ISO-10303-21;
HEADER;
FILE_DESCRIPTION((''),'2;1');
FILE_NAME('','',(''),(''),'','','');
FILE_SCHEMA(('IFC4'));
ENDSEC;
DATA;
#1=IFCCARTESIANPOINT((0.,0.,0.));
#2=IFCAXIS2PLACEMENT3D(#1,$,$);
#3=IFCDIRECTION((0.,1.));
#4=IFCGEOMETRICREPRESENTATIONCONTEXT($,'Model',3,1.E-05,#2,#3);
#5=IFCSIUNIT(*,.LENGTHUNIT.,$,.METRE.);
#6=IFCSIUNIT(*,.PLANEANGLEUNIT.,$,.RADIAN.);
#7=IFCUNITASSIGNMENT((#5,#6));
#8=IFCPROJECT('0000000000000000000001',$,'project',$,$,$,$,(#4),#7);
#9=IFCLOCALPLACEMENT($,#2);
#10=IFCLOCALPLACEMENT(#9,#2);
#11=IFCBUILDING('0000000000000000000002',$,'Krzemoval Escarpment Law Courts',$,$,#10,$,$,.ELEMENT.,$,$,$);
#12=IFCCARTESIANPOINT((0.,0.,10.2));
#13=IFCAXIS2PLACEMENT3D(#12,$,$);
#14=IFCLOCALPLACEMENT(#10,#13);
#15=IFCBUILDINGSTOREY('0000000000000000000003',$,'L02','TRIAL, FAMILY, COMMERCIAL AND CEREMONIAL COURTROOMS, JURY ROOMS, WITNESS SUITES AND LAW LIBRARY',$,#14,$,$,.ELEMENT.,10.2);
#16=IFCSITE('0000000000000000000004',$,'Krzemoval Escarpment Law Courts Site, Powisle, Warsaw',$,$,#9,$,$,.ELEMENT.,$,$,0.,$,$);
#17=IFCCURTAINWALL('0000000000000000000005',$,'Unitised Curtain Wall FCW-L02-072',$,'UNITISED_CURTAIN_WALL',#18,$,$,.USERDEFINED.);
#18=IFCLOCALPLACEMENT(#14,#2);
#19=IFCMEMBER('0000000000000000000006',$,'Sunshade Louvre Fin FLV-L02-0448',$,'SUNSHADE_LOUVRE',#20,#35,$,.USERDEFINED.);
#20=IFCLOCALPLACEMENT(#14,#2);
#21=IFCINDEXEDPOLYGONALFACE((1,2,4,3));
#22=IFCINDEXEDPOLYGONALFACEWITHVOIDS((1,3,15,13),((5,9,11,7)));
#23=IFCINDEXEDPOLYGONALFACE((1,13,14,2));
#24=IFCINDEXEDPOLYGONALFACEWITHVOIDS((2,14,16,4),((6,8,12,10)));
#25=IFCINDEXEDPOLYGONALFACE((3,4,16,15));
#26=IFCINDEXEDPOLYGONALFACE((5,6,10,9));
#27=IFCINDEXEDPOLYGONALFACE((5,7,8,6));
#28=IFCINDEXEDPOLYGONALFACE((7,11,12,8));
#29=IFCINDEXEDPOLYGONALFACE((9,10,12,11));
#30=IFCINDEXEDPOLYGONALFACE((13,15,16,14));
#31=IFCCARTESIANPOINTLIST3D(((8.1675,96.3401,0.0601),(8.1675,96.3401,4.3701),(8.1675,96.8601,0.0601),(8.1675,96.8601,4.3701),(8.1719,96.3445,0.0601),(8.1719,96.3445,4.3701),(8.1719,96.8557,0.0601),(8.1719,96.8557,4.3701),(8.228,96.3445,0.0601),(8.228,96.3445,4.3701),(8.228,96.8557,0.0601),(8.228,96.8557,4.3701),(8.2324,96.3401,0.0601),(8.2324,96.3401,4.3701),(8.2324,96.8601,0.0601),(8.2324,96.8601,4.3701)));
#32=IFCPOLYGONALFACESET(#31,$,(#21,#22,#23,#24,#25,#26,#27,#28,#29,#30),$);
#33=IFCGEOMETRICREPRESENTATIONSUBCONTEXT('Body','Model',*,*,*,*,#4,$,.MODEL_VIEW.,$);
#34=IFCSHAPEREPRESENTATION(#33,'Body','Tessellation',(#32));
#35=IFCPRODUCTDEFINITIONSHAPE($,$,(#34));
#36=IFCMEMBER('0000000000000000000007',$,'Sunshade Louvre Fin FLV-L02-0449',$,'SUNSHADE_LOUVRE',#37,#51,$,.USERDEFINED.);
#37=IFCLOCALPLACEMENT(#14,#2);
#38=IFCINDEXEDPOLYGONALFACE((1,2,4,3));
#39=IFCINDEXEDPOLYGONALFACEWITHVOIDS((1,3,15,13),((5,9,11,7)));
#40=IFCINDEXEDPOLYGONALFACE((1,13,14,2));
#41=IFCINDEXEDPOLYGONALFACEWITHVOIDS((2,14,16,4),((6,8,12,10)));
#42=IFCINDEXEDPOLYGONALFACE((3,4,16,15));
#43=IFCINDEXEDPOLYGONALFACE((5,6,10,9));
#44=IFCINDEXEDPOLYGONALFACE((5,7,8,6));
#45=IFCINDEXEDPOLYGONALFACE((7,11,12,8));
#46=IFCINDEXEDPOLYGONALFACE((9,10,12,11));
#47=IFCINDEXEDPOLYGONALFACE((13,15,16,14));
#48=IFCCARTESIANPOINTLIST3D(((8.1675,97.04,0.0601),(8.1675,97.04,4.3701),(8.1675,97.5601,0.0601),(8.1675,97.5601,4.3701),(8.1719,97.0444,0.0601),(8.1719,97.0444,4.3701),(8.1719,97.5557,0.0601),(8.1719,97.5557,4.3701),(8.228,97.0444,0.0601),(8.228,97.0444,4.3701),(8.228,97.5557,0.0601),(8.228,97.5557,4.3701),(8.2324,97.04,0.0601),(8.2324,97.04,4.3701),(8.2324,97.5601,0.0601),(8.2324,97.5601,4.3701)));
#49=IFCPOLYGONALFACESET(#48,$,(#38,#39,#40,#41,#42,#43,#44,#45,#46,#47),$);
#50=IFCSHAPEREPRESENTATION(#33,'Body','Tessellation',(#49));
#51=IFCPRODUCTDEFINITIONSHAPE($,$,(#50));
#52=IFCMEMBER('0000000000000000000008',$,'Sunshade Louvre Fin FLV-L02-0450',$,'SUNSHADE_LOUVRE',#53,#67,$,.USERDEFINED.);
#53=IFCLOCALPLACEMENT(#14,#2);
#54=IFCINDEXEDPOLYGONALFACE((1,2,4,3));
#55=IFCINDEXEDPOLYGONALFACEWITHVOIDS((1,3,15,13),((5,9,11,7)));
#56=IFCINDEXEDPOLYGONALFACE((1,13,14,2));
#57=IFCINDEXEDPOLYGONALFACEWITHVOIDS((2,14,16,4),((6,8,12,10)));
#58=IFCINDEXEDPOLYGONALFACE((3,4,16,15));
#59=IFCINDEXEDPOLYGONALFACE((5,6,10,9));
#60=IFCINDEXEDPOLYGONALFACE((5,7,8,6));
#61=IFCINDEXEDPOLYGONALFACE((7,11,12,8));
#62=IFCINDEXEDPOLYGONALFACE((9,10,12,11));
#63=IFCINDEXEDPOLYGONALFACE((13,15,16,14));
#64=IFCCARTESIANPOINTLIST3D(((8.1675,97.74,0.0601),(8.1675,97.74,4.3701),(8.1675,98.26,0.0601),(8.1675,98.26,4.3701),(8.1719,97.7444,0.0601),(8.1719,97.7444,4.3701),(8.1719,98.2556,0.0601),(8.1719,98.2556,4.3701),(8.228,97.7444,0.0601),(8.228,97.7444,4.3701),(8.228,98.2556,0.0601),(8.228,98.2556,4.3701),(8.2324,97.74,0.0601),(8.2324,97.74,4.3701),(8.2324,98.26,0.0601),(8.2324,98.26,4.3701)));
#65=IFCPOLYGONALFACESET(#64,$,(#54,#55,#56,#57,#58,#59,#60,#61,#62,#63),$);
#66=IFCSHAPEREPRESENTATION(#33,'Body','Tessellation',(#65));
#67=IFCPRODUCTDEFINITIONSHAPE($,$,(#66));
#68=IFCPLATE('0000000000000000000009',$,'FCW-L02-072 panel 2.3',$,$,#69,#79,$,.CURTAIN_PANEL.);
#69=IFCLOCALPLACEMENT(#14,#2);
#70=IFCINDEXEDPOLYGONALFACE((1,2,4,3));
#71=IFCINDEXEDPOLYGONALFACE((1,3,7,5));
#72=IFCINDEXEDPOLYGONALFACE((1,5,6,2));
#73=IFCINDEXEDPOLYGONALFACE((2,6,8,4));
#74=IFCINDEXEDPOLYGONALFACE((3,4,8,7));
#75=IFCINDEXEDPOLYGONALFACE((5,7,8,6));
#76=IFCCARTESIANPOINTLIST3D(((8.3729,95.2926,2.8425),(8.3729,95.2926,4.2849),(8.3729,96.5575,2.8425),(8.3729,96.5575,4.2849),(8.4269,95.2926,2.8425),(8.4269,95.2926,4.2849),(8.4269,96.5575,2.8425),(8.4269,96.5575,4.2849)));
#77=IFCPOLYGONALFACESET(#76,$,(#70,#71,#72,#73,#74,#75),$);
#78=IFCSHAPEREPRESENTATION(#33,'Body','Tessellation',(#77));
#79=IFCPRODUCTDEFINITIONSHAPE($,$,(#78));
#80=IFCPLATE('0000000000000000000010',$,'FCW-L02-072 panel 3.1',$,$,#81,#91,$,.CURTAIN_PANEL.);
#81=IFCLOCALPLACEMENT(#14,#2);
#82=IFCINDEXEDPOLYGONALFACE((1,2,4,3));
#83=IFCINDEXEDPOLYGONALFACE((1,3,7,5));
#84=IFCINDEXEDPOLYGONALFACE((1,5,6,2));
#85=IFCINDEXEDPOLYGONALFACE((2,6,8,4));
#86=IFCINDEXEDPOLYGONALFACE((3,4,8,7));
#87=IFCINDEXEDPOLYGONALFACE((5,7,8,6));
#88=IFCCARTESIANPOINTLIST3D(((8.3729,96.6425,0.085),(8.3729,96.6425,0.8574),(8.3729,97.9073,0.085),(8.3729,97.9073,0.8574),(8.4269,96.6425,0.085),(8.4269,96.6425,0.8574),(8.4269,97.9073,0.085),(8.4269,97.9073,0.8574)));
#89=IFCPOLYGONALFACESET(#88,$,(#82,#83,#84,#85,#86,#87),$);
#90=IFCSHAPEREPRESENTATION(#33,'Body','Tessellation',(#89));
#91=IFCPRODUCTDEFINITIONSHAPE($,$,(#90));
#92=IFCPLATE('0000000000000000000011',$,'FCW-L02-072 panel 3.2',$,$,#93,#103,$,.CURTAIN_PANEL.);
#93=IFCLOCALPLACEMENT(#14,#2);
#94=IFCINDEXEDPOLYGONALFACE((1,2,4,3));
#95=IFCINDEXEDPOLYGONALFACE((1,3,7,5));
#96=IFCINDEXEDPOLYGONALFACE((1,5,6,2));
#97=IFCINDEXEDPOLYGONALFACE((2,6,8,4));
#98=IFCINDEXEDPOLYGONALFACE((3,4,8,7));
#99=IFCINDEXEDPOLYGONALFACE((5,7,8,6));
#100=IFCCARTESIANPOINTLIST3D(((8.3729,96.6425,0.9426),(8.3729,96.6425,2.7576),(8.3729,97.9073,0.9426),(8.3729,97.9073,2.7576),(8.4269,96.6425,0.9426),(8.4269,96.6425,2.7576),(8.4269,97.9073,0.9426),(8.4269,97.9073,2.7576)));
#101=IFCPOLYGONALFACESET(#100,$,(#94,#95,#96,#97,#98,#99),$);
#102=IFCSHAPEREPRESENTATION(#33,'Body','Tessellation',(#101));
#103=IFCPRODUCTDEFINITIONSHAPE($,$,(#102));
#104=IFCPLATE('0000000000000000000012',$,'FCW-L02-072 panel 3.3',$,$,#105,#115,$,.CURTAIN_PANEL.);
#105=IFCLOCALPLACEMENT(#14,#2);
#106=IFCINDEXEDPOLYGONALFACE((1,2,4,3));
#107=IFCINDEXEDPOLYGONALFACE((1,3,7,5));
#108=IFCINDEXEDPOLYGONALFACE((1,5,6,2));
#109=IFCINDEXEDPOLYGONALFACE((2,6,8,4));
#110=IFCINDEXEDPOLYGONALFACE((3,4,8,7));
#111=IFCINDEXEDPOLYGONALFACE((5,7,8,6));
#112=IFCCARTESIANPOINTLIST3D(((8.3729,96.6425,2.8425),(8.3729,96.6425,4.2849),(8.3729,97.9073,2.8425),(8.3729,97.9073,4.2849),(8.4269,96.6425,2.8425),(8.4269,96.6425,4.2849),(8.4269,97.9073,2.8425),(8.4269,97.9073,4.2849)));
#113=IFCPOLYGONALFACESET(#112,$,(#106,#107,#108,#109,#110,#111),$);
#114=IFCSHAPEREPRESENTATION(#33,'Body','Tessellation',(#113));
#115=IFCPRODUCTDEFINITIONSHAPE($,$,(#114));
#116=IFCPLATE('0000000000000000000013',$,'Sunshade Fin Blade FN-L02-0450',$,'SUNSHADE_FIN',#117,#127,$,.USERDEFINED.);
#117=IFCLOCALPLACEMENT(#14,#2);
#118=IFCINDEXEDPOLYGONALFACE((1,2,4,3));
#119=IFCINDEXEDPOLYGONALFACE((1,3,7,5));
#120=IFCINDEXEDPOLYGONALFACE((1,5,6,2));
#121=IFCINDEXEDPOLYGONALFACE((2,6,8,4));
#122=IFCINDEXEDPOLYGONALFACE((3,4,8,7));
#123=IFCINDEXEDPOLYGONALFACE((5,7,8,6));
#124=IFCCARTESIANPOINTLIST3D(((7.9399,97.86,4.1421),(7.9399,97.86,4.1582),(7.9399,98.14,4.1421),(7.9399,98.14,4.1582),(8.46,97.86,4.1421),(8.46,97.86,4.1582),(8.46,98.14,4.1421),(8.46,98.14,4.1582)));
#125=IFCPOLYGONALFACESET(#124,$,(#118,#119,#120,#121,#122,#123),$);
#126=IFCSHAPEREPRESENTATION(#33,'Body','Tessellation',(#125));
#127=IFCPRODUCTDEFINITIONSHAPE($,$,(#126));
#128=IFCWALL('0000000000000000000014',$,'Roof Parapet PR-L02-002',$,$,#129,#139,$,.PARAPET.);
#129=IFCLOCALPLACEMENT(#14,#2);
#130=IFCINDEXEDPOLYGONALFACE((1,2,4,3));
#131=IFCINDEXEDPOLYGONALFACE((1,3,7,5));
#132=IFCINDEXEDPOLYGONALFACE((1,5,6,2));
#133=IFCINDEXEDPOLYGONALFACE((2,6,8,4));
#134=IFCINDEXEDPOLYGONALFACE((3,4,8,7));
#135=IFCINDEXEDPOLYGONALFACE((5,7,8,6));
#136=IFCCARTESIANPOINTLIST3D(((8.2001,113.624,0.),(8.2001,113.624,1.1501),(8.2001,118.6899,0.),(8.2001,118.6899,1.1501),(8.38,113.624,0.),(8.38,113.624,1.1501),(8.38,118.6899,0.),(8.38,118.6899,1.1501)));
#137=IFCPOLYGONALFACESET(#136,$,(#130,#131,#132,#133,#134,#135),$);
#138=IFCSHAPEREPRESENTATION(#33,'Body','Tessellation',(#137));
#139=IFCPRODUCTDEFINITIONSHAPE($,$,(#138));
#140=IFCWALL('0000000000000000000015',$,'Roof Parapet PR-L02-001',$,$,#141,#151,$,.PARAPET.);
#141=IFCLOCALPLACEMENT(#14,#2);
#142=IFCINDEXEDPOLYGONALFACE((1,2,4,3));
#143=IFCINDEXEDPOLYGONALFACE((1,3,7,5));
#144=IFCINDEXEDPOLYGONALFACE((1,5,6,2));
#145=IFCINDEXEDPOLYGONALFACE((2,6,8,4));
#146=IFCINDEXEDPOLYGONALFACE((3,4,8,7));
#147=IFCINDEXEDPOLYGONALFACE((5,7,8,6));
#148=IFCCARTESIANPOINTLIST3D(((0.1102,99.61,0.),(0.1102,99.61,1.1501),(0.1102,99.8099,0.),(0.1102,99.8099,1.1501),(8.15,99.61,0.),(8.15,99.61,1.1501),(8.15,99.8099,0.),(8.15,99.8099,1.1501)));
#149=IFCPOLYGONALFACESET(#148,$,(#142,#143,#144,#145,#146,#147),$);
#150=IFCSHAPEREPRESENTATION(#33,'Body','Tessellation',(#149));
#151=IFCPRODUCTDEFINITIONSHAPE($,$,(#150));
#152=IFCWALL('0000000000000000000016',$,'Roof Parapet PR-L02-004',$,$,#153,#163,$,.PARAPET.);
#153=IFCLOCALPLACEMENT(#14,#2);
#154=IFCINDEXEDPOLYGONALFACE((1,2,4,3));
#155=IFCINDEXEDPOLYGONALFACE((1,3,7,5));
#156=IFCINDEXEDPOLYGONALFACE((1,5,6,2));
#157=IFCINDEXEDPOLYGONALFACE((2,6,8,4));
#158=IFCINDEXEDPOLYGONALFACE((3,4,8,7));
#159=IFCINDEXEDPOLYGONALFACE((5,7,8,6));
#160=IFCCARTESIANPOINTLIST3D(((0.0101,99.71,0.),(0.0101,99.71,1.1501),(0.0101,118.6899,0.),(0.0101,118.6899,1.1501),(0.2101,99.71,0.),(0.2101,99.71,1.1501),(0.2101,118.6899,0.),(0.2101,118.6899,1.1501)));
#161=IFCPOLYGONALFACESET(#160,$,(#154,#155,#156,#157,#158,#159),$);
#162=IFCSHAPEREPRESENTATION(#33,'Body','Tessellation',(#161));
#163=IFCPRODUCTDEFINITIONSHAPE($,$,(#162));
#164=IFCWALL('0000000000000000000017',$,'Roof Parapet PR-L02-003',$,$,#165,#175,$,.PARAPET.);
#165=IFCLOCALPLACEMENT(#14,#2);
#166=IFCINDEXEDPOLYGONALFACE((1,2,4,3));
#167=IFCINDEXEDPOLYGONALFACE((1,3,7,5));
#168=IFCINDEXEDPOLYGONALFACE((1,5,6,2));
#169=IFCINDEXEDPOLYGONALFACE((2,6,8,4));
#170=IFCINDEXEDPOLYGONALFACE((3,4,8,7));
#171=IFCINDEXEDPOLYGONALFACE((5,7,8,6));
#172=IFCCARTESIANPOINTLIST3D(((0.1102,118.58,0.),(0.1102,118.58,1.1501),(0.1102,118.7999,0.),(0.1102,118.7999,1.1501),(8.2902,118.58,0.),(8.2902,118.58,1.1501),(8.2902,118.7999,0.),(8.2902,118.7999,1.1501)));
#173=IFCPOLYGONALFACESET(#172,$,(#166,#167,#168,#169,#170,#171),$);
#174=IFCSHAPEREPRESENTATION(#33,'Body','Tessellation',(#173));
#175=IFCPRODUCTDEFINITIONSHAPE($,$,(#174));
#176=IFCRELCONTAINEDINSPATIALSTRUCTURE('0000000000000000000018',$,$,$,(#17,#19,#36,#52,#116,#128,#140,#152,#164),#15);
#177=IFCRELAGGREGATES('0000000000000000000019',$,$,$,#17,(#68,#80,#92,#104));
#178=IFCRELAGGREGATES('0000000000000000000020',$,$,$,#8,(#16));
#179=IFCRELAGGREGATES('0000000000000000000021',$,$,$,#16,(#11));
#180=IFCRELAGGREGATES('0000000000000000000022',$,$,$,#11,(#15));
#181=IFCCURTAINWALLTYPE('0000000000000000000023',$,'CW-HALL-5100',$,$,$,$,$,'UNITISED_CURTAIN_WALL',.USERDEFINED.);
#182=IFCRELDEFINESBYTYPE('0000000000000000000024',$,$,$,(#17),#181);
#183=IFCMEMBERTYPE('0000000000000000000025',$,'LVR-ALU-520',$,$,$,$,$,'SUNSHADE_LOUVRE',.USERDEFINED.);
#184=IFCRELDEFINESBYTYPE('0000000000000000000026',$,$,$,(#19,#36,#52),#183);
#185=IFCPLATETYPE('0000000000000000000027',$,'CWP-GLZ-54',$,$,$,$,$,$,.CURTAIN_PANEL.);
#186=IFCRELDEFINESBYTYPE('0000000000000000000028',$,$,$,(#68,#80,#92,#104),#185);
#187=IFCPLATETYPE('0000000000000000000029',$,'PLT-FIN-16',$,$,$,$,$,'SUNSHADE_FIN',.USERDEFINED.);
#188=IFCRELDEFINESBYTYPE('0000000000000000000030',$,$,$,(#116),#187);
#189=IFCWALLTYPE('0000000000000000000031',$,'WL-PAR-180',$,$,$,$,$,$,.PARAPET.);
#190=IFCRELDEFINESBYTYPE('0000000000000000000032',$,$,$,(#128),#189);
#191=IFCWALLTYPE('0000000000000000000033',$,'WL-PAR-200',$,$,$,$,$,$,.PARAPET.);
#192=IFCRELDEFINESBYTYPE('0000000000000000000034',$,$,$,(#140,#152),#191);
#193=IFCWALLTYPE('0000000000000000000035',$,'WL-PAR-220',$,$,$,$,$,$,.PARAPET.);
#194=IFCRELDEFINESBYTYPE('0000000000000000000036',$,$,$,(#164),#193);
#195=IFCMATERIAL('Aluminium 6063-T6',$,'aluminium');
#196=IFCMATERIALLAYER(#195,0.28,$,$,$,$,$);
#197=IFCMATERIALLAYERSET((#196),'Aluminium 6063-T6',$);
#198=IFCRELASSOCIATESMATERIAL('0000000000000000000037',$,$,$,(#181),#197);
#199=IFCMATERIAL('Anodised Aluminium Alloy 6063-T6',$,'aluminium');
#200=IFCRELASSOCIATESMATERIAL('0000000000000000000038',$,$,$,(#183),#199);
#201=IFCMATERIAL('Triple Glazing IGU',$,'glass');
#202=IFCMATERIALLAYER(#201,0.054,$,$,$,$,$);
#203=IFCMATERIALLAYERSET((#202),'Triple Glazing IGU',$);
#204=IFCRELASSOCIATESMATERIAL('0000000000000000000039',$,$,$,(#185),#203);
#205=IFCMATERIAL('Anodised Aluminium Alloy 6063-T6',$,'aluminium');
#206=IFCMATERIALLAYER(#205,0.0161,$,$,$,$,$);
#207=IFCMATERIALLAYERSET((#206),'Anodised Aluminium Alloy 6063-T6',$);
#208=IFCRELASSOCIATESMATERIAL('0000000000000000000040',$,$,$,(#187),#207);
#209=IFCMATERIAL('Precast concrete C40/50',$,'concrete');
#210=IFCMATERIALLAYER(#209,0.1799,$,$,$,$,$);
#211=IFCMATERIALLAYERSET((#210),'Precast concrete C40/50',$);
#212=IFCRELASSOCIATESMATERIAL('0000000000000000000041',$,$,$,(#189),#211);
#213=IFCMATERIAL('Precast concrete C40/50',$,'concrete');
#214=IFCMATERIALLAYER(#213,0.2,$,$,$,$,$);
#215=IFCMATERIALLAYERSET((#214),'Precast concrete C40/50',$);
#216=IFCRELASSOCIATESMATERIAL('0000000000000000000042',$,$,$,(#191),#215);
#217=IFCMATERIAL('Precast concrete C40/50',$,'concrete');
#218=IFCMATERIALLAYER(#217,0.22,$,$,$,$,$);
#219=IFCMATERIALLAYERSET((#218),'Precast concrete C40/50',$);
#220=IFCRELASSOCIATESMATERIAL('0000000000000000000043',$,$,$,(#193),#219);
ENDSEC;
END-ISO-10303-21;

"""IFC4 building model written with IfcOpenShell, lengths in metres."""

from ifc_helpers import new_model, si_unit, direction, frame, frame_2d, origin, origin_2d, place, context, subcontext, project, spatial, rectangle, hollow_rectangle, extrude, material, layer, layer_set, material_profile, profile_set, type_object, element, aggregate, save


model = new_model("IFC4")

# Units and contexts
model_context = context("Model", 3, precision=1e-05, world=origin(), true_north=direction((0.0, 1.0)))
body_context = subcontext(model_context, "Body", "Model", "MODEL_VIEW")
ifc_project = project(units=[si_unit("LENGTHUNIT", "METRE"), si_unit("PLANEANGLEUNIT", "RADIAN")], contexts=[model_context])

# Site, building, storey
site_placement = place(None, origin())
site = spatial("IfcSite", under=ifc_project, at=site_placement, Name="Krzemoval Escarpment Law Courts Site, Powisle, Warsaw", CompositionType="ELEMENT", RefElevation=0.0)
building_placement = place(site_placement, origin())
building = spatial("IfcBuilding", under=site, at=building_placement, Name="Krzemoval Escarpment Law Courts", CompositionType="ELEMENT")
storey_placement = place(building_placement, frame((0.0, 0.0, 10.2)))
storey = spatial("IfcBuildingStorey", under=building, at=storey_placement, Name="L02", Description="TRIAL, FAMILY, COMMERCIAL AND CEREMONIAL COURTROOMS, JURY ROOMS, WITNESS SUITES AND LAW LIBRARY", CompositionType="ELEMENT", Elevation=10.2)

# Curtain wall
ifc_material_1 = material(Name="Aluminium 6063-T6", Category="aluminium")
ifc_layer_1 = layer(ifc_material_1, 0.28)
ifc_layer_set_1 = layer_set([ifc_layer_1], Name="Aluminium 6063-T6")
curtain_wall_type = type_object("IfcCurtainWallType", Name="CW-HALL-5100", ElementType="UNITISED_CURTAIN_WALL", PredefinedType="USERDEFINED", material=ifc_layer_set_1)
curtain_wall_placement = place(storey_placement, origin())
curtain_wall = element("IfcCurtainWall", 1, at=curtain_wall_placement, inside=storey, type_object=curtain_wall_type, Name="Unitised Curtain Wall FCW-L02-072", ObjectType="UNITISED_CURTAIN_WALL", PredefinedType="USERDEFINED")

# Members
ifc_material_2 = material(Name="Anodised Aluminium Alloy 6063-T6", Category="aluminium")
ifc_material_profile_1 = material_profile(ifc_material_2, hollow_rectangle(XDim=0.0649, YDim=0.52, WallThickness=0.0044, at=origin_2d()), Name="ALU LVR 65x520")
ifc_profile_set_1 = profile_set([ifc_material_profile_1], Name="Anodised Aluminium Alloy 6063-T6")
member_type_1 = type_object("IfcMemberType", Name="LVR-ALU-520", ElementType="SUNSHADE_LOUVRE", PredefinedType="USERDEFINED", material=ifc_profile_set_1)
for number, where, z_axis, x_axis, name in (
    (2, (8.2, 96.6001, 0.0601), (0.0, 0.0, 1.0), (1.0, 0.0, 0.0), "Sunshade Louvre Fin FLV-L02-0448"),
    (3, (8.2, 97.3, 0.0601), (0.0, 0.0, 1.0), (1.0, 0.0, 0.0), "Sunshade Louvre Fin FLV-L02-0449"),
    (4, (8.2, 98.0, 0.0601), (0.0, 0.0, 1.0), (1.0, 0.0, 0.0), "Sunshade Louvre Fin FLV-L02-0450"),
):
    element("IfcMember", number, at=place(storey_placement, frame(where, z_axis=z_axis, x_axis=x_axis)), inside=storey, type_object=member_type_1, Name=name, ObjectType="SUNSHADE_LOUVRE", PredefinedType="USERDEFINED", context=body_context, shape_type="SweptSolid", body=[
        extrude(hollow_rectangle(XDim=0.0649, YDim=0.52, WallThickness=0.0044, at=origin_2d()), origin(), (0.0, 0.0, 1.0), 4.3101),
    ])

# Plates
ifc_material_3 = material(Name="Triple Glazing IGU", Category="glass")
ifc_layer_2 = layer(ifc_material_3, 0.054)
ifc_layer_set_2 = layer_set([ifc_layer_2], Name="Triple Glazing IGU")
plate_type_1 = type_object("IfcPlateType", Name="CWP-GLZ-54", PredefinedType="CURTAIN_PANEL", material=ifc_layer_set_2)
plate_1_placement = place(storey_placement, frame((8.3999, 95.925, 2.8425), z_axis=(0.0, 0.0, 1.0), x_axis=(0.0, 1.0, 0.0)))
plate_1 = element("IfcPlate", 5, at=plate_1_placement, type_object=plate_type_1, Name="FCW-L02-072 panel 2.3", PredefinedType="CURTAIN_PANEL", context=body_context, shape_type="SweptSolid", body=[
    extrude(rectangle(XDim=1.2649, YDim=0.054, at=origin_2d()), origin(), (0.0, 0.0, 1.0), 1.4424),
])
plate_2_placement = place(storey_placement, frame((8.3999, 97.2749, 0.085), z_axis=(0.0, 0.0, 1.0), x_axis=(0.0, 1.0, 0.0)))
plate_2 = element("IfcPlate", 6, at=plate_2_placement, type_object=plate_type_1, Name="FCW-L02-072 panel 3.1", PredefinedType="CURTAIN_PANEL", context=body_context, shape_type="SweptSolid", body=[
    extrude(rectangle(XDim=1.2649, YDim=0.054, at=origin_2d()), origin(), (0.0, 0.0, 1.0), 0.7725),
])
plate_3_placement = place(storey_placement, frame((8.3999, 97.2749, 0.9426), z_axis=(0.0, 0.0, 1.0), x_axis=(0.0, 1.0, 0.0)))
plate_3 = element("IfcPlate", 7, at=plate_3_placement, type_object=plate_type_1, Name="FCW-L02-072 panel 3.2", PredefinedType="CURTAIN_PANEL", context=body_context, shape_type="SweptSolid", body=[
    extrude(rectangle(XDim=1.2649, YDim=0.054, at=origin_2d()), origin(), (0.0, 0.0, 1.0), 1.8149),
])
plate_4_placement = place(storey_placement, frame((8.3999, 97.2749, 2.8425), z_axis=(0.0, 0.0, 1.0), x_axis=(0.0, 1.0, 0.0)))
plate_4 = element("IfcPlate", 8, at=plate_4_placement, type_object=plate_type_1, Name="FCW-L02-072 panel 3.3", PredefinedType="CURTAIN_PANEL", context=body_context, shape_type="SweptSolid", body=[
    extrude(rectangle(XDim=1.2649, YDim=0.054, at=origin_2d()), origin(), (0.0, 0.0, 1.0), 1.4424),
])
aggregate(curtain_wall, [plate_1, plate_2, plate_3, plate_4])
ifc_material_4 = material(Name="Anodised Aluminium Alloy 6063-T6", Category="aluminium")
ifc_layer_3 = layer(ifc_material_4, 0.0161)
ifc_layer_set_3 = layer_set([ifc_layer_3], Name="Anodised Aluminium Alloy 6063-T6")
plate_type_2 = type_object("IfcPlateType", Name="PLT-FIN-16", ElementType="SUNSHADE_FIN", PredefinedType="USERDEFINED", material=ifc_layer_set_3)
plate_5_placement = place(storey_placement, frame((8.2, 98.0, 4.1421), z_axis=(0.0, 0.0, 1.0), x_axis=(-1.0, 0.0, 0.0)))
element("IfcPlate", 9, at=plate_5_placement, inside=storey, type_object=plate_type_2, Name="Sunshade Fin Blade FN-L02-0450", ObjectType="SUNSHADE_FIN", PredefinedType="USERDEFINED", context=body_context, shape_type="SweptSolid", body=[
    extrude(rectangle(XDim=0.52, YDim=0.28, at=origin_2d()), origin(), (0.0, 0.0, 1.0), 0.0161),
])

# Walls
ifc_material_5 = material(Name="Precast concrete C40/50", Category="concrete")
ifc_layer_4 = layer(ifc_material_5, 0.1799)
ifc_layer_set_4 = layer_set([ifc_layer_4], Name="Precast concrete C40/50")
wall_type_1 = type_object("IfcWallType", Name="WL-PAR-180", PredefinedType="PARAPET", material=ifc_layer_set_4)
wall_1_placement = place(storey_placement, frame((8.29, 113.624, 0.0), z_axis=(0.0, 0.0, 1.0), x_axis=(0.0, 1.0, 0.0)))
element("IfcWall", 10, at=wall_1_placement, inside=storey, type_object=wall_type_1, Name="Roof Parapet PR-L02-002", PredefinedType="PARAPET", context=body_context, shape_type="SweptSolid", body=[
    extrude(rectangle(XDim=5.0659, YDim=0.1799, at=frame_2d((2.533, 0.0))), origin(), (0.0, 0.0, 1.0), 1.1501),
])
ifc_material_6 = material(Name="Precast concrete C40/50", Category="concrete")
ifc_layer_5 = layer(ifc_material_6, 0.2)
ifc_layer_set_5 = layer_set([ifc_layer_5], Name="Precast concrete C40/50")
wall_type_2 = type_object("IfcWallType", Name="WL-PAR-200", PredefinedType="PARAPET", material=ifc_layer_set_5)
wall_2_placement = place(storey_placement, frame((0.1101, 99.71, 0.0), z_axis=(0.0, 0.0, 1.0), x_axis=(1.0, 0.0, 0.0)))
element("IfcWall", 11, at=wall_2_placement, inside=storey, type_object=wall_type_2, Name="Roof Parapet PR-L02-001", PredefinedType="PARAPET", context=body_context, shape_type="SweptSolid", body=[
    extrude(rectangle(XDim=8.0398, YDim=0.2, at=frame_2d((4.02, 0.0))), origin(), (0.0, 0.0, 1.0), 1.1501),
])
wall_3_placement = place(storey_placement, frame((0.1101, 118.6899, 0.0), z_axis=(0.0, 0.0, 1.0), x_axis=(0.0, -1.0, 0.0)))
element("IfcWall", 12, at=wall_3_placement, inside=storey, type_object=wall_type_2, Name="Roof Parapet PR-L02-004", PredefinedType="PARAPET", context=body_context, shape_type="SweptSolid", body=[
    extrude(rectangle(XDim=18.98, YDim=0.2, at=frame_2d((9.49, 0.0))), origin(), (0.0, 0.0, 1.0), 1.1501),
])
ifc_material_7 = material(Name="Precast concrete C40/50", Category="concrete")
ifc_layer_6 = layer(ifc_material_7, 0.22)
ifc_layer_set_6 = layer_set([ifc_layer_6], Name="Precast concrete C40/50")
wall_type_3 = type_object("IfcWallType", Name="WL-PAR-220", PredefinedType="PARAPET", material=ifc_layer_set_6)
wall_4_placement = place(storey_placement, frame((8.29, 118.6899, 0.0), z_axis=(0.0, 0.0, 1.0), x_axis=(-1.0, 0.0, 0.0)))
element("IfcWall", 13, at=wall_4_placement, inside=storey, type_object=wall_type_3, Name="Roof Parapet PR-L02-003", PredefinedType="PARAPET", context=body_context, shape_type="SweptSolid", body=[
    extrude(rectangle(XDim=8.1799, YDim=0.22, at=frame_2d((4.0898, 0.0))), origin(), (0.0, 0.0, 1.0), 1.1501),
])

save(model, "model.ifc")
